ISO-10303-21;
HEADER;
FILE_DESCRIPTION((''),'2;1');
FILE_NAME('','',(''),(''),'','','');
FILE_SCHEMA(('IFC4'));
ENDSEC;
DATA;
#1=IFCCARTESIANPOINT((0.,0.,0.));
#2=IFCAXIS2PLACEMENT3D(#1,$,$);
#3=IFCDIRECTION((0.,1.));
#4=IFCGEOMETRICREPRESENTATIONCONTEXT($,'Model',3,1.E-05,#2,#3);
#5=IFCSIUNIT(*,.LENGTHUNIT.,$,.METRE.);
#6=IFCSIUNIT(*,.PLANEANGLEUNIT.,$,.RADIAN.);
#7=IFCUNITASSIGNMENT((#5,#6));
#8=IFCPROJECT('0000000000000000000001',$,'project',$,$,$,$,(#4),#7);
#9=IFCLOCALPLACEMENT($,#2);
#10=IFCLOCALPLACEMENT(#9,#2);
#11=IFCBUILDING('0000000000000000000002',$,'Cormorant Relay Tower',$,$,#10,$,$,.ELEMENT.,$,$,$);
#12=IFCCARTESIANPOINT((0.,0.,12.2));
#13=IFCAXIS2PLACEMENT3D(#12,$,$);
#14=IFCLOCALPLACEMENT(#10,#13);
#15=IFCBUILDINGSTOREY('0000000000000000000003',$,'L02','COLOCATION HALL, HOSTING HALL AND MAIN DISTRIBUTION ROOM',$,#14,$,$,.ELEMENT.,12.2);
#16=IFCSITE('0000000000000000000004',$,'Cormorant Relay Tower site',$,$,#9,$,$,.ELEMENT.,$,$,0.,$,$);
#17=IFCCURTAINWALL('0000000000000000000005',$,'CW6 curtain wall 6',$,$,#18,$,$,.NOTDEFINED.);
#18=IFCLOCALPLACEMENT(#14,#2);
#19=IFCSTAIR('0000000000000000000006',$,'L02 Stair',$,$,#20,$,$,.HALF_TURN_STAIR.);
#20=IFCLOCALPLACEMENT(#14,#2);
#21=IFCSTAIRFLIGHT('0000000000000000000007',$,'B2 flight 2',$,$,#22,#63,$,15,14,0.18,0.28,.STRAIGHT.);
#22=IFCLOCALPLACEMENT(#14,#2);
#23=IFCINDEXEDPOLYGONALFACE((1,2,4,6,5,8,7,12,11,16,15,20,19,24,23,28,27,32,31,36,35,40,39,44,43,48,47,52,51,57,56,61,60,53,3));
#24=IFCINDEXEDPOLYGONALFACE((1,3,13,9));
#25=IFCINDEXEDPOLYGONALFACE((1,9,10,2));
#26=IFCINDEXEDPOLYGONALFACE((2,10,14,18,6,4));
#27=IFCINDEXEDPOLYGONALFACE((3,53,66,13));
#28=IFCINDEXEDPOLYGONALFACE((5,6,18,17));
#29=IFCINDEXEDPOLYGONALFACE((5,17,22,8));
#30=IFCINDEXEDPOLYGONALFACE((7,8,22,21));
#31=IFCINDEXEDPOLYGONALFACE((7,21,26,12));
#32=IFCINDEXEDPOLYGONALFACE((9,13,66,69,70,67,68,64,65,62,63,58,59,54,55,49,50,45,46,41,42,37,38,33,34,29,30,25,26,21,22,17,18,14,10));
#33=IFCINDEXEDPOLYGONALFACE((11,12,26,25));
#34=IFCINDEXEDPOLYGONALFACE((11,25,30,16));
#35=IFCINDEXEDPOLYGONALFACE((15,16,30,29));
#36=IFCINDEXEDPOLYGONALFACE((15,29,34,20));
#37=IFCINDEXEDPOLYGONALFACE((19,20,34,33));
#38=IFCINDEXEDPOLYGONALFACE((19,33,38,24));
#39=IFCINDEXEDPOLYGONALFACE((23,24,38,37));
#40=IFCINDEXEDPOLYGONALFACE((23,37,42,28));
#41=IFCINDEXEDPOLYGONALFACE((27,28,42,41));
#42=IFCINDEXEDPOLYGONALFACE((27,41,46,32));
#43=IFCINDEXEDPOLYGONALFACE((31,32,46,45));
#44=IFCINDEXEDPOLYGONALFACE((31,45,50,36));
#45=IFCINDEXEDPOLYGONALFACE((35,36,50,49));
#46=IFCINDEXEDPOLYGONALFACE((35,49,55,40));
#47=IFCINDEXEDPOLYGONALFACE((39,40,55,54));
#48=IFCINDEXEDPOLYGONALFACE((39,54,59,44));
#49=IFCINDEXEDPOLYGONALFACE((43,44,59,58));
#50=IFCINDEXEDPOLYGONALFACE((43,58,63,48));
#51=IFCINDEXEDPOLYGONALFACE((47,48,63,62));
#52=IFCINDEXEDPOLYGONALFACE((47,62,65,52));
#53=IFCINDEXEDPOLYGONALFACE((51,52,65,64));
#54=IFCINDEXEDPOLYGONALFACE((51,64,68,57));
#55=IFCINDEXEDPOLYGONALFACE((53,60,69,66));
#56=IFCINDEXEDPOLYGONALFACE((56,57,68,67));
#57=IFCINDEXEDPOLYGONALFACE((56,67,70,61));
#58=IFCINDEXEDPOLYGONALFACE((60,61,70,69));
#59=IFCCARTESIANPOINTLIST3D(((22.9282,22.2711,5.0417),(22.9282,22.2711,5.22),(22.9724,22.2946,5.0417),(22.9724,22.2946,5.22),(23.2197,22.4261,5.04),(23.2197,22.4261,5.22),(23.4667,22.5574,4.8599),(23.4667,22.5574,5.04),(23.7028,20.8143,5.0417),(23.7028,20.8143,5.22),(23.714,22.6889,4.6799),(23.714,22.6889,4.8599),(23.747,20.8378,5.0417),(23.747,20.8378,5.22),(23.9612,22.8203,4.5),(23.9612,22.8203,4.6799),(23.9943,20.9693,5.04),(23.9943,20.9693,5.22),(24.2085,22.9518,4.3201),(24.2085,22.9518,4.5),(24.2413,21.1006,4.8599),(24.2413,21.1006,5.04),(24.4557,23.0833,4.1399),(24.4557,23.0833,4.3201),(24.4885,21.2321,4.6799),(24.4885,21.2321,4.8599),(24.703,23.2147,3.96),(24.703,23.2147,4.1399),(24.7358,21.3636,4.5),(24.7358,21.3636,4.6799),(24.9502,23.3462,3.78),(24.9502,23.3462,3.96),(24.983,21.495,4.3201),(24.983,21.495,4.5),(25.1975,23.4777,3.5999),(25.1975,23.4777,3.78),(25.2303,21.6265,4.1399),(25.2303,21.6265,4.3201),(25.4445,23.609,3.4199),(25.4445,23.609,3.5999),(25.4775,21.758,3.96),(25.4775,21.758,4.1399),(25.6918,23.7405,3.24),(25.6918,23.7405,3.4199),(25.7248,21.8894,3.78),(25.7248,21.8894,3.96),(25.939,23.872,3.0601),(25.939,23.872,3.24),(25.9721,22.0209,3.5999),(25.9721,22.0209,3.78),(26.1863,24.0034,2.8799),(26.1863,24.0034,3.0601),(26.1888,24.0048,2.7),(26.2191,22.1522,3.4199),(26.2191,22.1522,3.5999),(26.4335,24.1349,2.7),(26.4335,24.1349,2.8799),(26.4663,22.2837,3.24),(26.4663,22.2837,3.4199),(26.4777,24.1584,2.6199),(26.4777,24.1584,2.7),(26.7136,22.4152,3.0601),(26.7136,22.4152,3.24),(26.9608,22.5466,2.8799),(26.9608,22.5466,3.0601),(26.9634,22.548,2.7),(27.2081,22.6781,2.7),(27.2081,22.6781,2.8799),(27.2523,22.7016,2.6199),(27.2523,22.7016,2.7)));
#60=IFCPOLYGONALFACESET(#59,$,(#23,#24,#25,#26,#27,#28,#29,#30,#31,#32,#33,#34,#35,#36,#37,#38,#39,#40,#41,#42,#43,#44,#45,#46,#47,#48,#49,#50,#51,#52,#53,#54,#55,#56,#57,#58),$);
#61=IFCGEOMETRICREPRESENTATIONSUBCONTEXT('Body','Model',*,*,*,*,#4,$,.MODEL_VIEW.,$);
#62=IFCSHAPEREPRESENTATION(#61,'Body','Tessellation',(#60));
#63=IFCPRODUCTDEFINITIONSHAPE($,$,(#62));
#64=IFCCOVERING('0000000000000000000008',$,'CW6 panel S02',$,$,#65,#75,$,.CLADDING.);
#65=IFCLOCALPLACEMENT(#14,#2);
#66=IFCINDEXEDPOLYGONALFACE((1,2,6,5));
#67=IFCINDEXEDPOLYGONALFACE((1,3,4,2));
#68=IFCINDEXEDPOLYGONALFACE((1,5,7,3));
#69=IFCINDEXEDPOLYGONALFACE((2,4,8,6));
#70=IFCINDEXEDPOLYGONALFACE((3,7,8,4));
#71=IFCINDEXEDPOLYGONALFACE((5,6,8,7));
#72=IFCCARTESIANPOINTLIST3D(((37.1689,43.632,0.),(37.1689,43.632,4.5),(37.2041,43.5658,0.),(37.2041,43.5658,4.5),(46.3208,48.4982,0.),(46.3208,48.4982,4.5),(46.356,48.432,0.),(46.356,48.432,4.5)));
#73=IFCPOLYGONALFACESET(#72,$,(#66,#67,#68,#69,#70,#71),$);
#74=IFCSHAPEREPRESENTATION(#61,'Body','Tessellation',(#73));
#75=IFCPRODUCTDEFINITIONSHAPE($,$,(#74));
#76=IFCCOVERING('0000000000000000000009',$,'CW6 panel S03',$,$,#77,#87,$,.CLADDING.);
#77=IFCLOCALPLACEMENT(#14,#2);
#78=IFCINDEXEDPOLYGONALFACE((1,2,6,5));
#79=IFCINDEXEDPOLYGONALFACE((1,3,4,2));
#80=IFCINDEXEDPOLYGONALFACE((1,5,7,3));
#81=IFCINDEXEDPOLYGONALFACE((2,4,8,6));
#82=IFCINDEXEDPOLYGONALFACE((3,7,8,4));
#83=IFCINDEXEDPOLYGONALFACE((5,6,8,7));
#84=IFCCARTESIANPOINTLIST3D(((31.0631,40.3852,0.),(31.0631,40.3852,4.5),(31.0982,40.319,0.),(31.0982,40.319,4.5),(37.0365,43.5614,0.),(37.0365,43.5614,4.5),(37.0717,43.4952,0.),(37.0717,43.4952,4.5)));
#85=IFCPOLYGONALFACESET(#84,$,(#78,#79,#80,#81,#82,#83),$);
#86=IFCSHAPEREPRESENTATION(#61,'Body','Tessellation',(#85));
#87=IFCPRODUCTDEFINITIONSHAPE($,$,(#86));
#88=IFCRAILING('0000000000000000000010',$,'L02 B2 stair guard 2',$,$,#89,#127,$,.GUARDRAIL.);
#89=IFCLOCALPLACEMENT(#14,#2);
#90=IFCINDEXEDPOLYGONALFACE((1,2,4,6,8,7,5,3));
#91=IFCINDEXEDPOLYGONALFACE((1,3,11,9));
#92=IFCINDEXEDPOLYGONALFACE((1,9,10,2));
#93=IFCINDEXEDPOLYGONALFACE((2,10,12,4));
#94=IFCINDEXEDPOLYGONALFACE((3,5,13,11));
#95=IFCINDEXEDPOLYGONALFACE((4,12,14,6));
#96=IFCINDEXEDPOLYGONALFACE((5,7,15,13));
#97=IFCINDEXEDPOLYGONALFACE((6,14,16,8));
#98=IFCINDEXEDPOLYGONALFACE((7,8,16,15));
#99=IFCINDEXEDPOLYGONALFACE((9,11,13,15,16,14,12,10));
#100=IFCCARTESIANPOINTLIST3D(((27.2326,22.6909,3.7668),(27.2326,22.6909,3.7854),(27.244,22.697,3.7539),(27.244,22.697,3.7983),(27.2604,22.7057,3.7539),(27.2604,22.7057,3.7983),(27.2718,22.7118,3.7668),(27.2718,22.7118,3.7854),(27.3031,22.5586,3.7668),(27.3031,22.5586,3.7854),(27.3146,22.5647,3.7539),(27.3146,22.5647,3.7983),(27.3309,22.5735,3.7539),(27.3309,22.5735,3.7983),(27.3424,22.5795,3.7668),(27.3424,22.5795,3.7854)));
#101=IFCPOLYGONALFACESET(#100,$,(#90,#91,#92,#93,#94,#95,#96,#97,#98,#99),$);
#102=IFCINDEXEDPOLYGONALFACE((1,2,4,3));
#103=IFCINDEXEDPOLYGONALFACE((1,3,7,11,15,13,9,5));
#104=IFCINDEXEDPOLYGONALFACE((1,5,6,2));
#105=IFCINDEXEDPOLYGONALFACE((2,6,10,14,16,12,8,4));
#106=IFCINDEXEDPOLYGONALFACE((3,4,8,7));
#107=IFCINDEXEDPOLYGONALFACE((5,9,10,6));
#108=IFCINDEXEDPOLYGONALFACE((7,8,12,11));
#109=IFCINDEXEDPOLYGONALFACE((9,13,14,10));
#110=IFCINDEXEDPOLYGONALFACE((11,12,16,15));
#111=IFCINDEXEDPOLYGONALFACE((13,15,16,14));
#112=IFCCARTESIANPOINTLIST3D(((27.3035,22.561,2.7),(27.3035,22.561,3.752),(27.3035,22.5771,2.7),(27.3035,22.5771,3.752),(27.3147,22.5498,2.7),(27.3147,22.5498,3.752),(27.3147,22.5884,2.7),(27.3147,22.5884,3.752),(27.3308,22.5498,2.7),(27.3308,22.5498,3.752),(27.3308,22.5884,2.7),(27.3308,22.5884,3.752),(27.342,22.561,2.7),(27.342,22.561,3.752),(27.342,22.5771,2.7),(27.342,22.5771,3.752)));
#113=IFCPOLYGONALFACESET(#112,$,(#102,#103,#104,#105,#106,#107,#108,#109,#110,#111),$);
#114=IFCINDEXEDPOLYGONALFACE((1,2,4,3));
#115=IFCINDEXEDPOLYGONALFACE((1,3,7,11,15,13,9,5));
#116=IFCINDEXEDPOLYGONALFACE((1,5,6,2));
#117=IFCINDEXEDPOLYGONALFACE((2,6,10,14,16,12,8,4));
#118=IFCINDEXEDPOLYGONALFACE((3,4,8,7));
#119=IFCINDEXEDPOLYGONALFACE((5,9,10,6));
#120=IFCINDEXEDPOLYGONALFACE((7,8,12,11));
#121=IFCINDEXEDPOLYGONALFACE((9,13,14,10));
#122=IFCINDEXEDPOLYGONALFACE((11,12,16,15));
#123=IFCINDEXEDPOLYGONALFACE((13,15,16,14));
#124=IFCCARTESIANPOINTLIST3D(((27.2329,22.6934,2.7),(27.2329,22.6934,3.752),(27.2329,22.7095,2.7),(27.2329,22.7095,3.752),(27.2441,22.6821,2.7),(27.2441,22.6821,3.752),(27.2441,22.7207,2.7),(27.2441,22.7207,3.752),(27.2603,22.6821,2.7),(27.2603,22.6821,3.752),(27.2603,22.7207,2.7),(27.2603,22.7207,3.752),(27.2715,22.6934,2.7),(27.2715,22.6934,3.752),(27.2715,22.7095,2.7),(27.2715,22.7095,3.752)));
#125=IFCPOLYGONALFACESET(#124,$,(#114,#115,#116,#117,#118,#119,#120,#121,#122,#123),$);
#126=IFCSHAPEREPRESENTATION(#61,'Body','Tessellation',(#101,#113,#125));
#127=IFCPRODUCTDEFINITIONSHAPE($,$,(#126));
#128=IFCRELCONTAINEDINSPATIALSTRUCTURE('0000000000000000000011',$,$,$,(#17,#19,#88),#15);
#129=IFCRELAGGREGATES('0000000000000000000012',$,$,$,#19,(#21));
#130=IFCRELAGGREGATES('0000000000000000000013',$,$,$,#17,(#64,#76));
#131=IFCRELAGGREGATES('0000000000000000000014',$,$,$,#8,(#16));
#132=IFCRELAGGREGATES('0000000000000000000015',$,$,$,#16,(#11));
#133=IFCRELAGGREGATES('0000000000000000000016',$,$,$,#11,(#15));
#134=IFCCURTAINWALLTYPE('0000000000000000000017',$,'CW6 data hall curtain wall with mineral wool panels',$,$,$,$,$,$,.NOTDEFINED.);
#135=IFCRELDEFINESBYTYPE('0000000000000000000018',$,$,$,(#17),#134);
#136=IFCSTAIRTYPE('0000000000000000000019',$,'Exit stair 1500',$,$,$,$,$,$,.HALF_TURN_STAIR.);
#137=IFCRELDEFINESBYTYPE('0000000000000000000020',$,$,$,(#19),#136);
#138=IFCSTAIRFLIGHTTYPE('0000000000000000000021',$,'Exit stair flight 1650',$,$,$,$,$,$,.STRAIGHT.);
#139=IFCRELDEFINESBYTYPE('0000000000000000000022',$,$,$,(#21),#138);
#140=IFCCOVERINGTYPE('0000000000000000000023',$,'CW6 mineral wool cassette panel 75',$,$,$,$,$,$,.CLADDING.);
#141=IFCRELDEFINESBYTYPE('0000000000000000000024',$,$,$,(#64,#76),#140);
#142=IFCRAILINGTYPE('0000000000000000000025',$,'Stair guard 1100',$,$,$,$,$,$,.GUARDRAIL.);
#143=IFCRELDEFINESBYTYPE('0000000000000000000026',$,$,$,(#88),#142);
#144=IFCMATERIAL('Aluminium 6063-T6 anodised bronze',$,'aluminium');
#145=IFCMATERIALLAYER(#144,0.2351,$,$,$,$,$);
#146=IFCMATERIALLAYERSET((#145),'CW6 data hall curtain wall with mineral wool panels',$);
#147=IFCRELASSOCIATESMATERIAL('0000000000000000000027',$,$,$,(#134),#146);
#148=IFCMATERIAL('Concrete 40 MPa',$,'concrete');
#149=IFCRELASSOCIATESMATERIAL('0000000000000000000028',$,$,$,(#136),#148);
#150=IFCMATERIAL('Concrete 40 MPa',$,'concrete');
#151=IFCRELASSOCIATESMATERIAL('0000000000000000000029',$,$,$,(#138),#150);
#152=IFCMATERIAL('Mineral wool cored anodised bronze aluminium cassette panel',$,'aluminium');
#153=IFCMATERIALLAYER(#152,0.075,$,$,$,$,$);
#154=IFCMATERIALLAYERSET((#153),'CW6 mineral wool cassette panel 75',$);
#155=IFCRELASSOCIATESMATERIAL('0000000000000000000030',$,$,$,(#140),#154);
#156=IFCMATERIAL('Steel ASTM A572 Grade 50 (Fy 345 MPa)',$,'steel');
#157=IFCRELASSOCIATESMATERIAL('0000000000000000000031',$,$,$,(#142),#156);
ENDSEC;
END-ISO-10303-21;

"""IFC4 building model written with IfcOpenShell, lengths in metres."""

from ifc_helpers import new_model, si_unit, direction, frame, origin, origin_2d, place, context, subcontext, project, spatial, polyline, rectangle, outline, extrude, material, layer, layer_set, type_object, element, aggregate, save


model = new_model("IFC4")

# Units and contexts
model_context = context("Model", 3, precision=1e-05, world=origin(), true_north=direction((0.0, 1.0)))
body_context = subcontext(model_context, "Body", "Model", "MODEL_VIEW")
ifc_project = project(units=[si_unit("LENGTHUNIT", "METRE"), si_unit("PLANEANGLEUNIT", "RADIAN")], contexts=[model_context])

# Site, building, storey
site_placement = place(None, origin())
site = spatial("IfcSite", under=ifc_project, at=site_placement, Name="Cormorant Relay Tower site", CompositionType="ELEMENT", RefElevation=0.0)
building_placement = place(site_placement, origin())
building = spatial("IfcBuilding", under=site, at=building_placement, Name="Cormorant Relay Tower", CompositionType="ELEMENT")
storey_placement = place(building_placement, frame((0.0, 0.0, 12.2)))
storey = spatial("IfcBuildingStorey", under=building, at=storey_placement, Name="L02", Description="COLOCATION HALL, HOSTING HALL AND MAIN DISTRIBUTION ROOM", CompositionType="ELEMENT", Elevation=12.2)

# Curtain wall
ifc_material_1 = material(Name="Aluminium 6063-T6 anodised bronze", Category="aluminium")
ifc_layer_1 = layer(ifc_material_1, 0.2351)
ifc_layer_set_1 = layer_set([ifc_layer_1], Name="CW6 data hall curtain wall with mineral wool panels")
curtain_wall_type = type_object("IfcCurtainWallType", Name="CW6 data hall curtain wall with mineral wool panels", PredefinedType="NOTDEFINED", material=ifc_layer_set_1)
curtain_wall_placement = place(storey_placement, origin())
curtain_wall = element("IfcCurtainWall", 1, at=curtain_wall_placement, inside=storey, type_object=curtain_wall_type, Name="CW6 curtain wall 6", PredefinedType="NOTDEFINED")

# Stair, stair flight
ifc_material_2 = material(Name="Concrete 40 MPa", Category="concrete")
stair_type = type_object("IfcStairType", Name="Exit stair 1500", PredefinedType="HALF_TURN_STAIR", material=ifc_material_2)
stair_placement = place(storey_placement, origin())
stair = element("IfcStair", 2, at=stair_placement, inside=storey, type_object=stair_type, Name="L02 Stair", PredefinedType="HALF_TURN_STAIR")
ifc_material_3 = material(Name="Concrete 40 MPa", Category="concrete")
stair_flight_type = type_object("IfcStairFlightType", Name="Exit stair flight 1650", PredefinedType="STRAIGHT", material=ifc_material_3)
stair_flight_placement = place(storey_placement, frame((26.8208, 23.4065, 2.7), z_axis=(0.0, 0.0, 1.0), x_axis=(-0.882948, -0.469472, 0.0)))
stair_flight = element("IfcStairFlight", 3, at=stair_flight_placement, type_object=stair_flight_type, Name="B2 flight 2", NumberOfRisers=15, NumberOfTreads=14, PredefinedType="STRAIGHT", RiserHeight=0.18, TreadLength=0.28, context=body_context, shape_type="SweptSolid", body=[
    extrude(outline(polyline([(-0.05, -0.0801), (-0.05, 0.0), (0.0, 0.0), (0.0, 0.1799), (0.28, 0.1799), (0.28, 0.3601), (0.5601, 0.3601), (0.5601, 0.54), (0.8401, 0.54), (0.8401, 0.72), (1.1201, 0.72), (1.1201, 0.8999), (1.3999, 0.8999), (1.3999, 1.0801), (1.6799, 1.0801), (1.6799, 1.26), (1.96, 1.26), (1.96, 1.4399), (2.24, 1.4399), (2.24, 1.6201), (2.52, 1.6201), (2.52, 1.8), (2.8, 1.8), (2.8, 1.98), (3.0801, 1.98), (3.0801, 2.1599), (3.3601, 2.1599), (3.3601, 2.3401), (3.6399, 2.3401), (3.6399, 2.52), (3.9199, 2.52), (3.97, 2.52), (3.97, 2.3418), (3.9199, 2.3418), (0.2771, 0.0), (-0.05, -0.0801)])), frame((0.0, 0.825, 0.0), z_axis=(0.0, -1.0, 0.0), x_axis=(1.0, 0.0, 0.0)), (0.0, 0.0, 1.0), 1.6499),
])
aggregate(stair, [stair_flight])

# Coverings
ifc_material_4 = material(Name="Mineral wool cored anodised bronze aluminium cassette panel", Category="aluminium")
ifc_layer_2 = layer(ifc_material_4, 0.075)
ifc_layer_set_2 = layer_set([ifc_layer_2], Name="CW6 mineral wool cassette panel 75")
covering_type = type_object("IfcCoveringType", Name="CW6 mineral wool cassette panel 75", PredefinedType="CLADDING", material=ifc_layer_set_2)
covering_1_placement = place(storey_placement, frame((41.7625, 46.032, 0.0), z_axis=(0.0, 0.0, 1.0), x_axis=(-0.882948, -0.469472, 0.0)))
covering_1 = element("IfcCovering", 4, at=covering_1_placement, type_object=covering_type, Name="CW6 panel S02", PredefinedType="CLADDING", context=body_context, shape_type="SweptSolid", body=[
    extrude(rectangle(XDim=10.3652, YDim=0.075, at=origin_2d()), origin(), (0.0, 0.0, 1.0), 4.5),
])
covering_2_placement = place(storey_placement, frame((34.0674, 41.9402, 0.0), z_axis=(0.0, 0.0, 1.0), x_axis=(-0.882948, -0.469472, 0.0)))
covering_2 = element("IfcCovering", 5, at=covering_2_placement, type_object=covering_type, Name="CW6 panel S03", PredefinedType="CLADDING", context=body_context, shape_type="SweptSolid", body=[
    extrude(rectangle(XDim=6.7654, YDim=0.075, at=origin_2d()), origin(), (0.0, 0.0, 1.0), 4.5),
])
aggregate(curtain_wall, [covering_1, covering_2])

# Railing
ifc_material_5 = material(Name="Steel ASTM A572 Grade 50 (Fy 345 MPa)", Category="steel")
railing_type_1 = type_object("IfcRailingType", Name="Stair guard 1100", PredefinedType="GUARDRAIL", material=ifc_material_5)
railing_1_placement = place(storey_placement, frame((27.3228, 22.5691, 2.7)))
element("IfcRailing", 6, at=railing_1_placement, inside=storey, type_object=railing_type_1, Name="L02 B2 stair guard 2", PredefinedType="GUARDRAIL", context=body_context, shape_type="SweptSolid", body=[
    extrude(outline(polyline([(0.0222, 0.0093), (0.0093, 0.0222), (-0.0093, 0.0222), (-0.0222, 0.0093), (-0.0222, -0.0093), (-0.0093, -0.0222), (0.0093, -0.0222), (0.0222, -0.0093), (0.0222, 0.0093)])), frame((0.0, 0.0, 1.0762), z_axis=(-0.470504, 0.882398, 0.0), x_axis=(-0.882398, -0.470504, 0.0)), (0.0, 0.0, 1.0), 0.1499),
    extrude(outline(polyline([(0.0193, 0.0081), (0.0081, 0.0193), (-0.0081, 0.0193), (-0.0193, 0.0081), (-0.0193, -0.0081), (-0.0081, -0.0193), (0.0081, -0.0193), (0.0193, -0.0081), (0.0193, 0.0081)])), origin(), (0.0, 0.0, 1.0), 1.052),
    extrude(outline(polyline([(0.0193, 0.0081), (0.0081, 0.0193), (-0.0081, 0.0193), (-0.0193, 0.0081), (-0.0193, -0.0081), (-0.0081, -0.0193), (0.0081, -0.0193), (0.0193, -0.0081), (0.0193, 0.0081)])), frame((-0.0706, 0.1323, 0.0)), (0.0, 0.0, 1.0), 1.052),
])

save(model, "model.ifc")
